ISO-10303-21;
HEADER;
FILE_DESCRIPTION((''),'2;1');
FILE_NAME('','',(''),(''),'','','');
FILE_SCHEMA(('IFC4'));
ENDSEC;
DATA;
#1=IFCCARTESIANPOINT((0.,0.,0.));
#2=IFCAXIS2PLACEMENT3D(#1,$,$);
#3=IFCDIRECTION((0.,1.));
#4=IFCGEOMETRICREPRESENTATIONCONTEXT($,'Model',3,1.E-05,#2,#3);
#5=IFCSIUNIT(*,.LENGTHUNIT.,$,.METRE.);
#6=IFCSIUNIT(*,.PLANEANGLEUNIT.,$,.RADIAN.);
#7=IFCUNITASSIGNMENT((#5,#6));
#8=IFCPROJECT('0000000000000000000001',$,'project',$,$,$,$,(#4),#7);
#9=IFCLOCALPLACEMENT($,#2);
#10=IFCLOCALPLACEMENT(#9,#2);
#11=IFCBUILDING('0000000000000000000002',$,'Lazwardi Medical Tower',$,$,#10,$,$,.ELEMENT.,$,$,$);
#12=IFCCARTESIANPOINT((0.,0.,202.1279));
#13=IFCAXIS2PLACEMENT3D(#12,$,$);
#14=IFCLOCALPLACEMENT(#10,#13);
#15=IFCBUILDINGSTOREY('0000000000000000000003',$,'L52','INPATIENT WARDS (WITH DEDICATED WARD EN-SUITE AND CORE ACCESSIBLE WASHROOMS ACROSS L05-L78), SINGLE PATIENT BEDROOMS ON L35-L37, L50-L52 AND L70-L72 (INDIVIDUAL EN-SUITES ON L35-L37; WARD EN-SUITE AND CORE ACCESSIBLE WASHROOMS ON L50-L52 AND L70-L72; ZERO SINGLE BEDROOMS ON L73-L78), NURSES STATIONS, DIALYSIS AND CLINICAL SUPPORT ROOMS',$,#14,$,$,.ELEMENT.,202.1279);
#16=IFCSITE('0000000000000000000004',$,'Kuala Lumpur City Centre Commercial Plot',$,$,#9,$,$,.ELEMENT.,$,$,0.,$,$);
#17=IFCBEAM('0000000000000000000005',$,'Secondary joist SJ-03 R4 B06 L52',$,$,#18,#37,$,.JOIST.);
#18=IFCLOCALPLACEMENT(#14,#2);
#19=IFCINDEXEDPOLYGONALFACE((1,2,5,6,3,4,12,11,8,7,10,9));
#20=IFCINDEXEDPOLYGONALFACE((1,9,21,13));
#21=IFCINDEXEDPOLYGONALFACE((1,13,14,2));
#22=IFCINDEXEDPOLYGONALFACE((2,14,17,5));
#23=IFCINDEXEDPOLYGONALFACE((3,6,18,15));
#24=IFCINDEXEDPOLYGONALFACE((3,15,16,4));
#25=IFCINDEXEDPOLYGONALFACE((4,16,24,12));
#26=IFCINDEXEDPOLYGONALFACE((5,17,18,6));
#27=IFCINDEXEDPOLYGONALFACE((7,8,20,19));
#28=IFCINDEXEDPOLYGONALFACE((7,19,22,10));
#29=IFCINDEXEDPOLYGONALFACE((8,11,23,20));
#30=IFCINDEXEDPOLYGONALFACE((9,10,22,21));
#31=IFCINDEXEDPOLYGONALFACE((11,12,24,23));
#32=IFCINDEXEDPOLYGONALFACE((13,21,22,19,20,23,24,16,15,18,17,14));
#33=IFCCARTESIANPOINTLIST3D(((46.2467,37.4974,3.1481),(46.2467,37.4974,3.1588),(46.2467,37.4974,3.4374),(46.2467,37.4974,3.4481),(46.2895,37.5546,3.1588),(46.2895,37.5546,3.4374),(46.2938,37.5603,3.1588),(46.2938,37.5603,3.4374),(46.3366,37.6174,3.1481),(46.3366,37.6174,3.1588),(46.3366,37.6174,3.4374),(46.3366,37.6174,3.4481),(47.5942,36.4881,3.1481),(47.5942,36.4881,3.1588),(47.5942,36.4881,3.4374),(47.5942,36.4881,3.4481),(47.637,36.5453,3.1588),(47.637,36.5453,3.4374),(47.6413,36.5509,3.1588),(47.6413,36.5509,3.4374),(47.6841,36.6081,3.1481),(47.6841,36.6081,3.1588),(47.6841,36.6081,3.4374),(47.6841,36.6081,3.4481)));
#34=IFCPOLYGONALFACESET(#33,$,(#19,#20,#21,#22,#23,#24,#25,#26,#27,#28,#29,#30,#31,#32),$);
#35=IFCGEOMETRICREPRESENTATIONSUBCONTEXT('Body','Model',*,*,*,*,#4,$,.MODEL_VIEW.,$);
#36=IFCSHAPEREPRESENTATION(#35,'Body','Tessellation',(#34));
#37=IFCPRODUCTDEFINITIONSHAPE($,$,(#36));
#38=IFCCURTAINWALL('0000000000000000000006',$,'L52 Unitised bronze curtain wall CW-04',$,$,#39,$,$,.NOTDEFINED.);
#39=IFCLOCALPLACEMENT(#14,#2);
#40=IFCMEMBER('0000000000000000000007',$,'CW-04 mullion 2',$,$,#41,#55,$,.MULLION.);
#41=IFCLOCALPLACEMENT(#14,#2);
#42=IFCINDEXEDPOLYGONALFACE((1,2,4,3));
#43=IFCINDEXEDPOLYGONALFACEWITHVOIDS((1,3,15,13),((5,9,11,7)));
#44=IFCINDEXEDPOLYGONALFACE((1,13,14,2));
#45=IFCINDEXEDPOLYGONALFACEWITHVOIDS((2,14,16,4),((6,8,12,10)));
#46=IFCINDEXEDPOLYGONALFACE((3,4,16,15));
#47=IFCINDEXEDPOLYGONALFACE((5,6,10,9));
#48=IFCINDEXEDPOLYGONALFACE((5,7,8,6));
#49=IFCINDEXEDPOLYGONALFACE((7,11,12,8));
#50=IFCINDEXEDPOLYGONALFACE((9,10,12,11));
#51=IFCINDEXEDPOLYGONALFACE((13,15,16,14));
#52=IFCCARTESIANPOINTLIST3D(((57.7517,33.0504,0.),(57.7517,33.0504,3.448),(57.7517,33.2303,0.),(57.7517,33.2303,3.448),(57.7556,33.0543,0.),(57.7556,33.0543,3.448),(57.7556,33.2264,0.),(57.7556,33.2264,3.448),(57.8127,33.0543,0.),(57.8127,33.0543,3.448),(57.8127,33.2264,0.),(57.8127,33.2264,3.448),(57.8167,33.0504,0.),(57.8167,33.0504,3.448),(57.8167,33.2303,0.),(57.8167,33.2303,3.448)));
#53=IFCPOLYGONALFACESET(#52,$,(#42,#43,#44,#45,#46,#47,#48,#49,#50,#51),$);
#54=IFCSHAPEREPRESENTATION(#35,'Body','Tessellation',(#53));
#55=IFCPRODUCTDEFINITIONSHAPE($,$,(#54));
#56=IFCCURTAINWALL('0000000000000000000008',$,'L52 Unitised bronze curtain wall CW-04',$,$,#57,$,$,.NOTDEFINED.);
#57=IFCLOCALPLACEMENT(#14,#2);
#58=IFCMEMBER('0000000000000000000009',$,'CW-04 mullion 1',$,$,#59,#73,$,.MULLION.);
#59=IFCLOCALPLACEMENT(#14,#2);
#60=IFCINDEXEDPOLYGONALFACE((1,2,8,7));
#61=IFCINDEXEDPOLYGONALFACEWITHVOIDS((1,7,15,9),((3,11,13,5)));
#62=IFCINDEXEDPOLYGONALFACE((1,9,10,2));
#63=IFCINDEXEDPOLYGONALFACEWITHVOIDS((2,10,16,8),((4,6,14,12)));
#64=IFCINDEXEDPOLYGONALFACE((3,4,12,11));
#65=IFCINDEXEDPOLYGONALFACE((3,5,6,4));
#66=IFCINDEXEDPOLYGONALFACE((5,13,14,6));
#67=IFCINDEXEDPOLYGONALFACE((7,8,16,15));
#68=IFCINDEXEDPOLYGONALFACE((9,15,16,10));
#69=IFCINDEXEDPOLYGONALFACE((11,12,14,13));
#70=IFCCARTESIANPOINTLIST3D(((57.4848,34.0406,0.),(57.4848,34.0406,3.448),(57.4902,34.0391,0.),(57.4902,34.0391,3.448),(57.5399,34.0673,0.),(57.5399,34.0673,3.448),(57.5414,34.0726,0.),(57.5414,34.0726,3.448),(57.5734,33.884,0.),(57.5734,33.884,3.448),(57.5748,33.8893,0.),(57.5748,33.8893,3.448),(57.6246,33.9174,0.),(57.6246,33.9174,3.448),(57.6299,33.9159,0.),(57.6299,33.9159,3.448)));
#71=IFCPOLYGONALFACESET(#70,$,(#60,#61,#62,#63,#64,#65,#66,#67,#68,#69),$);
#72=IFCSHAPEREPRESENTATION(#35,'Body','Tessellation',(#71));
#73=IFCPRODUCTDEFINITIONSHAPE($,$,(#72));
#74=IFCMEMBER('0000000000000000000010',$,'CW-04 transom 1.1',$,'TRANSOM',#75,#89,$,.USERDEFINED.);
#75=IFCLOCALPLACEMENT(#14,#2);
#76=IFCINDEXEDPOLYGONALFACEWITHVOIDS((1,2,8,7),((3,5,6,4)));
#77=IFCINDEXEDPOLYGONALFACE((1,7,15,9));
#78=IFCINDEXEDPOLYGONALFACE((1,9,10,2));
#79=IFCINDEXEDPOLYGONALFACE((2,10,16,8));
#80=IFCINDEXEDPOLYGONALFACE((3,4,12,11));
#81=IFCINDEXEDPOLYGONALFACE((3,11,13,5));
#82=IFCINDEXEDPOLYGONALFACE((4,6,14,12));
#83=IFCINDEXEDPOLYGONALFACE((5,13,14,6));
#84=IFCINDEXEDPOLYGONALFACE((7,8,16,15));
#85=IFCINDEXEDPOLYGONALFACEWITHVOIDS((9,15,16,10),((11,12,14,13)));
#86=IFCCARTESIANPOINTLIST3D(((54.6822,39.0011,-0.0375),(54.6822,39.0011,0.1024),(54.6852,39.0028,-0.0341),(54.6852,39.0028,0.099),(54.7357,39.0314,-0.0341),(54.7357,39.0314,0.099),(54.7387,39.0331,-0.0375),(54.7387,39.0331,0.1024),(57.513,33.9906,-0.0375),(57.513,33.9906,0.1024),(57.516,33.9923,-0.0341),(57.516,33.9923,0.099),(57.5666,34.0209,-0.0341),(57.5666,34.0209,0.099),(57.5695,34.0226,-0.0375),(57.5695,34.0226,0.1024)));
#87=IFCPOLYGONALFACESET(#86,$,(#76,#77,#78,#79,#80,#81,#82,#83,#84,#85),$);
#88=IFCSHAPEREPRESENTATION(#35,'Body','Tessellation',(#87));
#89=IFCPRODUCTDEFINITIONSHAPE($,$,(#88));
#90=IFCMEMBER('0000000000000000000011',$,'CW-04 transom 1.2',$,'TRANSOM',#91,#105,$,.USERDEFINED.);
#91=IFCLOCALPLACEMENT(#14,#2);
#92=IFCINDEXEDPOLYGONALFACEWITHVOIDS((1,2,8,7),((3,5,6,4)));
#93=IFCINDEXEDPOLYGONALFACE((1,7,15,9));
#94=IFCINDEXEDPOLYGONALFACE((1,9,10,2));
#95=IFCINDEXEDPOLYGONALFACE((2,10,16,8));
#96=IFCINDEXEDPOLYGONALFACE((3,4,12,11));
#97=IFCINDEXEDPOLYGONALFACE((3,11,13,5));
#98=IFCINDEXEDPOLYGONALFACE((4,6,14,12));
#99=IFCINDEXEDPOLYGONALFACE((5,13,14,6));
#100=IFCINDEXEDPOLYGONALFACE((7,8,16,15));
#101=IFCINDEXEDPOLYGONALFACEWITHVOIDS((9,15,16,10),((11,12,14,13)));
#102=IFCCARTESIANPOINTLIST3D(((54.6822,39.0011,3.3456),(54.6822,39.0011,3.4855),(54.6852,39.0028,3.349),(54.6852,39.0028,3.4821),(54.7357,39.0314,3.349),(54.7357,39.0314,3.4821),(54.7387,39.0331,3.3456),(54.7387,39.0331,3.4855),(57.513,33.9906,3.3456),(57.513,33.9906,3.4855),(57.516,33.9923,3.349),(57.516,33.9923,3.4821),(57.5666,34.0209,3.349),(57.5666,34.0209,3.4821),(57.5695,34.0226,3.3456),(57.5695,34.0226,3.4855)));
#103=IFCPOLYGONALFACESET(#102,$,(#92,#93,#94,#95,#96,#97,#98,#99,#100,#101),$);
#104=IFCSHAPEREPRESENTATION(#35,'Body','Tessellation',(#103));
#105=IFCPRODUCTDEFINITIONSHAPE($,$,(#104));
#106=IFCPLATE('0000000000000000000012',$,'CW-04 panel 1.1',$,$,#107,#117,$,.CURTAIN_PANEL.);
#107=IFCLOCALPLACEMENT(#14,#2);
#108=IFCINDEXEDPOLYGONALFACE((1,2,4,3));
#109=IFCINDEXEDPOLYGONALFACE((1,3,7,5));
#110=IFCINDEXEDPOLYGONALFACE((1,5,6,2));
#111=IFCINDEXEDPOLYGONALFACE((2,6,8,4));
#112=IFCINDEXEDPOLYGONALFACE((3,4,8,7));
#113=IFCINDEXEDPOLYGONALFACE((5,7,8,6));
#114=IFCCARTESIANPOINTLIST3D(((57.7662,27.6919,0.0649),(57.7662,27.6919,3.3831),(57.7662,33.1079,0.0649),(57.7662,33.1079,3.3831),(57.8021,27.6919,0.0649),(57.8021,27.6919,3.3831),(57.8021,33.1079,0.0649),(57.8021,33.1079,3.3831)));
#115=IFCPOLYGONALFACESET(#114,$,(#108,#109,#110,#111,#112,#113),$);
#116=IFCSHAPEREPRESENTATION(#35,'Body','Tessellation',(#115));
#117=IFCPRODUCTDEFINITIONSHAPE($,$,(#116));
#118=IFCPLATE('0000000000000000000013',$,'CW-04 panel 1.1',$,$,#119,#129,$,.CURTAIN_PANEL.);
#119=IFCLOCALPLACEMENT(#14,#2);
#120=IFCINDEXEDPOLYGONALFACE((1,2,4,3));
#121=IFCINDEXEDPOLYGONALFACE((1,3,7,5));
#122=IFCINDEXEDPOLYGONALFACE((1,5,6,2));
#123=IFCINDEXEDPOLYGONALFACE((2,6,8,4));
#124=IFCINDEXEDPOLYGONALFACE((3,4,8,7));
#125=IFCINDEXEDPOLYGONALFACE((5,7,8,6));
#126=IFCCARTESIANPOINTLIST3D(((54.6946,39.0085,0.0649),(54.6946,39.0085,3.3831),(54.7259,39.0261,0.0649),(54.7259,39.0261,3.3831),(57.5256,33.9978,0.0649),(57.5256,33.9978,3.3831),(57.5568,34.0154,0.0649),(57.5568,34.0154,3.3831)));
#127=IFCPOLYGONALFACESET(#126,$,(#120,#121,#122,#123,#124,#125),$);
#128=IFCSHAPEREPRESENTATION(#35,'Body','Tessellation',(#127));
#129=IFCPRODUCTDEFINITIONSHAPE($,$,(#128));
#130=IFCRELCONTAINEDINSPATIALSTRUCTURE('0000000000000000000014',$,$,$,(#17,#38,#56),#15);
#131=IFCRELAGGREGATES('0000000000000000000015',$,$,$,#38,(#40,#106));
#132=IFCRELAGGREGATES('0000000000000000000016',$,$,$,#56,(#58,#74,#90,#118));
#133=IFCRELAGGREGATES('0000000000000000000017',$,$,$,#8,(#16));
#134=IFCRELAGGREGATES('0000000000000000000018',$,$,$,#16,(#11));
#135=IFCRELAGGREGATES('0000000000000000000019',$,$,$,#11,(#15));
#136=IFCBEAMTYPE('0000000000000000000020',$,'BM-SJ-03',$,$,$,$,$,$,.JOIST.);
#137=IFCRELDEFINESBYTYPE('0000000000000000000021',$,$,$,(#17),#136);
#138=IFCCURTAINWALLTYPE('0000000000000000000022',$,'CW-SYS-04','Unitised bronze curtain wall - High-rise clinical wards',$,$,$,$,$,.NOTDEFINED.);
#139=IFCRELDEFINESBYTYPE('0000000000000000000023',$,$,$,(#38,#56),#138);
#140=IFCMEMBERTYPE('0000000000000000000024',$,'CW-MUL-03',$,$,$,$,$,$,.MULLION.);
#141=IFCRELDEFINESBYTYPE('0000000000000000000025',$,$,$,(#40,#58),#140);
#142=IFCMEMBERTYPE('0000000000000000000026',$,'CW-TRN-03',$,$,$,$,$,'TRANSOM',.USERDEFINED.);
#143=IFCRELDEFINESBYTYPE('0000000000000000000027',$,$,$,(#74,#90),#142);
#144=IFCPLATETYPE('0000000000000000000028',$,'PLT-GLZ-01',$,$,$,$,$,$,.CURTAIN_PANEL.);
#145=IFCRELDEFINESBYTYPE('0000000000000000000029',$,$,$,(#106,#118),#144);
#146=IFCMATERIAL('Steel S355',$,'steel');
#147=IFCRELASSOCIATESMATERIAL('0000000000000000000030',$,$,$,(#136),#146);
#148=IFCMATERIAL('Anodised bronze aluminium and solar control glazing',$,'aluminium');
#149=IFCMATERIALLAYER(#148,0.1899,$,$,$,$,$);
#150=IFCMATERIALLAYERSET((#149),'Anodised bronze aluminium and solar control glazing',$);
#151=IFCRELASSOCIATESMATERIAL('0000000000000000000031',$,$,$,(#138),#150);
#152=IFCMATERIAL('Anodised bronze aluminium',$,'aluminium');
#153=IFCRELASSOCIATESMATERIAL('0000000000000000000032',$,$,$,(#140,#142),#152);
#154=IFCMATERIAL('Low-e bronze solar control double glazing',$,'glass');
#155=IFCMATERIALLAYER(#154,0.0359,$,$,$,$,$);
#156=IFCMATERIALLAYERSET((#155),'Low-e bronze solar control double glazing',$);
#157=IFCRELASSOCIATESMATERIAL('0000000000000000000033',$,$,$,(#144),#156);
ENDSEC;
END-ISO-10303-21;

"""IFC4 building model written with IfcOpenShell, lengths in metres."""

from ifc_helpers import new_model, si_unit, direction, frame, origin, origin_2d, place, context, subcontext, project, spatial, rectangle, hollow_rectangle, i_section, extrude, material, layer, layer_set, material_profile, profile_set, type_object, element, aggregate, save


model = new_model("IFC4")

# Units and contexts
model_context = context("Model", 3, precision=1e-05, world=origin(), true_north=direction((0.0, 1.0)))
body_context = subcontext(model_context, "Body", "Model", "MODEL_VIEW")
ifc_project = project(units=[si_unit("LENGTHUNIT", "METRE"), si_unit("PLANEANGLEUNIT", "RADIAN")], contexts=[model_context])

# Site, building, storey
site_placement = place(None, origin())
site = spatial("IfcSite", under=ifc_project, at=site_placement, Name="Kuala Lumpur City Centre Commercial Plot", CompositionType="ELEMENT", RefElevation=0.0)
building_placement = place(site_placement, origin())
building = spatial("IfcBuilding", under=site, at=building_placement, Name="Lazwardi Medical Tower", CompositionType="ELEMENT")
storey_placement = place(building_placement, frame((0.0, 0.0, 202.1279)))
storey = spatial("IfcBuildingStorey", under=building, at=storey_placement, Name="L52", Description="INPATIENT WARDS (WITH DEDICATED WARD EN-SUITE AND CORE ACCESSIBLE WASHROOMS ACROSS L05-L78), SINGLE PATIENT BEDROOMS ON L35-L37, L50-L52 AND L70-L72 (INDIVIDUAL EN-SUITES ON L35-L37; WARD EN-SUITE AND CORE ACCESSIBLE WASHROOMS ON L50-L52 AND L70-L72; ZERO SINGLE BEDROOMS ON L73-L78), NURSES STATIONS, DIALYSIS AND CLINICAL SUPPORT ROOMS", CompositionType="ELEMENT", Elevation=202.1279)

# Beam
ifc_material_1 = material(Name="Steel S355", Category="steel")
ifc_material_profile_1 = material_profile(ifc_material_1, i_section(OverallWidth=0.1499, OverallDepth=0.3, WebThickness=0.0071, FlangeThickness=0.0107, at=origin_2d()), Name="IPE 300")
ifc_profile_set_1 = profile_set([ifc_material_profile_1], Name="Steel S355")
beam_type_1 = type_object("IfcBeamType", Name="BM-SJ-03", PredefinedType="JOIST", material=ifc_profile_set_1)
beam_1_placement = place(storey_placement, frame((47.6392, 36.5481, 3.2981), z_axis=(-0.800365, 0.599513, 0.0), x_axis=(-0.599513, -0.800365, 0.0)))
element("IfcBeam", 1, at=beam_1_placement, inside=storey, type_object=beam_type_1, Name="Secondary joist SJ-03 R4 B06 L52", PredefinedType="JOIST", context=body_context, shape_type="SweptSolid", body=[
    extrude(i_section(OverallWidth=0.1499, OverallDepth=0.3, WebThickness=0.0071, FlangeThickness=0.0107, at=origin_2d()), origin(), (0.0, 0.0, 1.0), 1.6836),
])

# Curtain wall, member
ifc_material_2 = material(Name="Anodised bronze aluminium and solar control glazing", Category="aluminium")
ifc_layer_1 = layer(ifc_material_2, 0.1899)
ifc_layer_set_1 = layer_set([ifc_layer_1], Name="Anodised bronze aluminium and solar control glazing")
curtain_wall_type = type_object("IfcCurtainWallType", Name="CW-SYS-04", Description="Unitised bronze curtain wall - High-rise clinical wards", PredefinedType="NOTDEFINED", material=ifc_layer_set_1)
curtain_wall_1_placement = place(storey_placement, origin())
curtain_wall_1 = element("IfcCurtainWall", 2, at=curtain_wall_1_placement, inside=storey, type_object=curtain_wall_type, Name="L52 Unitised bronze curtain wall CW-04", PredefinedType="NOTDEFINED")
ifc_material_3 = material(Name="Anodised bronze aluminium", Category="aluminium")
ifc_material_profile_2 = material_profile(ifc_material_3, hollow_rectangle(XDim=0.0649, YDim=0.1799, WallThickness=0.0039, at=origin_2d()), Name="ALU-MULLION 180x65x4")
ifc_profile_set_2 = profile_set([ifc_material_profile_2], Name="Anodised bronze aluminium")
member_type_1 = type_object("IfcMemberType", Name="CW-MUL-03", PredefinedType="MULLION", material=ifc_profile_set_2)
member_1_placement = place(storey_placement, frame((57.7842, 33.1404, 0.0), z_axis=(0.0, 0.0, 1.0), x_axis=(-1.0, 0.0, 0.0)))
member_1 = element("IfcMember", 3, at=member_1_placement, type_object=member_type_1, Name="CW-04 mullion 2", PredefinedType="MULLION", context=body_context, shape_type="SweptSolid", body=[
    extrude(hollow_rectangle(XDim=0.0649, YDim=0.1799, WallThickness=0.0039, at=origin_2d()), origin(), (0.0, 0.0, 1.0), 3.448),
])

# Curtain wall, members
curtain_wall_2_placement = place(storey_placement, origin())
curtain_wall_2 = element("IfcCurtainWall", 4, at=curtain_wall_2_placement, inside=storey, type_object=curtain_wall_type, Name="L52 Unitised bronze curtain wall CW-04", PredefinedType="NOTDEFINED")
member_2_placement = place(storey_placement, frame((57.5574, 33.9783, 0.0), z_axis=(0.0, 0.0, 1.0), x_axis=(-0.870651, -0.4919, 0.0)))
member_2 = element("IfcMember", 5, at=member_2_placement, type_object=member_type_1, Name="CW-04 mullion 1", PredefinedType="MULLION", context=body_context, shape_type="SweptSolid", body=[
    extrude(hollow_rectangle(XDim=0.0649, YDim=0.1799, WallThickness=0.0039, at=origin_2d()), origin(), (0.0, 0.0, 1.0), 3.448),
])
ifc_material_profile_3 = material_profile(ifc_material_3, hollow_rectangle(XDim=0.0649, YDim=0.1399, WallThickness=0.0034, at=origin_2d()), Name="ALU-TRANSOM 140x65x3.5")
ifc_profile_set_3 = profile_set([ifc_material_profile_3], Name="Anodised bronze aluminium")
member_type_2 = type_object("IfcMemberType", Name="CW-TRN-03", ElementType="TRANSOM", PredefinedType="USERDEFINED", material=ifc_profile_set_3)
member_3_placement = place(storey_placement, frame((57.5413, 34.0066, 0.0325), z_axis=(-0.491898, 0.870653, 0.0), x_axis=(-0.870653, -0.491898, 0.0)))
member_3 = element("IfcMember", 6, at=member_3_placement, type_object=member_type_2, Name="CW-04 transom 1.1", ObjectType="TRANSOM", PredefinedType="USERDEFINED", context=body_context, shape_type="SweptSolid", body=[
    extrude(hollow_rectangle(XDim=0.0649, YDim=0.1399, WallThickness=0.0034, at=origin_2d()), origin(), (0.0, 0.0, 1.0), 5.7549),
])
member_4_placement = place(storey_placement, frame((57.5413, 34.0066, 3.4155), z_axis=(-0.491898, 0.870653, 0.0), x_axis=(-0.870653, -0.491898, 0.0)))
member_4 = element("IfcMember", 7, at=member_4_placement, type_object=member_type_2, Name="CW-04 transom 1.2", ObjectType="TRANSOM", PredefinedType="USERDEFINED", context=body_context, shape_type="SweptSolid", body=[
    extrude(hollow_rectangle(XDim=0.0649, YDim=0.1399, WallThickness=0.0034, at=origin_2d()), origin(), (0.0, 0.0, 1.0), 5.7549),
])

# Plates
ifc_material_4 = material(Name="Low-e bronze solar control double glazing", Category="glass")
ifc_layer_2 = layer(ifc_material_4, 0.0359)
ifc_layer_set_2 = layer_set([ifc_layer_2], Name="Low-e bronze solar control double glazing")
plate_type = type_object("IfcPlateType", Name="PLT-GLZ-01", PredefinedType="CURTAIN_PANEL", material=ifc_layer_set_2)
plate_1_placement = place(storey_placement, frame((57.7842, 30.3999, 0.0649), z_axis=(0.0, 0.0, 1.0), x_axis=(0.0, 1.0, 0.0)))
plate_1 = element("IfcPlate", 8, at=plate_1_placement, type_object=plate_type, Name="CW-04 panel 1.1", PredefinedType="CURTAIN_PANEL", context=body_context, shape_type="SweptSolid", body=[
    extrude(rectangle(XDim=5.416, YDim=0.0359, at=origin_2d()), origin(), (0.0, 0.0, 1.0), 3.3181),
])
aggregate(curtain_wall_1, [member_1, plate_1])
plate_2_placement = place(storey_placement, frame((56.1257, 36.512, 0.0649), z_axis=(0.0, 0.0, 1.0), x_axis=(-0.4919, 0.870651, 0.0)))
plate_2 = element("IfcPlate", 9, at=plate_2_placement, type_object=plate_type, Name="CW-04 panel 1.1", PredefinedType="CURTAIN_PANEL", context=body_context, shape_type="SweptSolid", body=[
    extrude(rectangle(XDim=5.7551, YDim=0.0359, at=origin_2d()), origin(), (0.0, 0.0, 1.0), 3.3181),
])
aggregate(curtain_wall_2, [member_2, member_3, member_4, plate_2])

save(model, "model.ifc")
